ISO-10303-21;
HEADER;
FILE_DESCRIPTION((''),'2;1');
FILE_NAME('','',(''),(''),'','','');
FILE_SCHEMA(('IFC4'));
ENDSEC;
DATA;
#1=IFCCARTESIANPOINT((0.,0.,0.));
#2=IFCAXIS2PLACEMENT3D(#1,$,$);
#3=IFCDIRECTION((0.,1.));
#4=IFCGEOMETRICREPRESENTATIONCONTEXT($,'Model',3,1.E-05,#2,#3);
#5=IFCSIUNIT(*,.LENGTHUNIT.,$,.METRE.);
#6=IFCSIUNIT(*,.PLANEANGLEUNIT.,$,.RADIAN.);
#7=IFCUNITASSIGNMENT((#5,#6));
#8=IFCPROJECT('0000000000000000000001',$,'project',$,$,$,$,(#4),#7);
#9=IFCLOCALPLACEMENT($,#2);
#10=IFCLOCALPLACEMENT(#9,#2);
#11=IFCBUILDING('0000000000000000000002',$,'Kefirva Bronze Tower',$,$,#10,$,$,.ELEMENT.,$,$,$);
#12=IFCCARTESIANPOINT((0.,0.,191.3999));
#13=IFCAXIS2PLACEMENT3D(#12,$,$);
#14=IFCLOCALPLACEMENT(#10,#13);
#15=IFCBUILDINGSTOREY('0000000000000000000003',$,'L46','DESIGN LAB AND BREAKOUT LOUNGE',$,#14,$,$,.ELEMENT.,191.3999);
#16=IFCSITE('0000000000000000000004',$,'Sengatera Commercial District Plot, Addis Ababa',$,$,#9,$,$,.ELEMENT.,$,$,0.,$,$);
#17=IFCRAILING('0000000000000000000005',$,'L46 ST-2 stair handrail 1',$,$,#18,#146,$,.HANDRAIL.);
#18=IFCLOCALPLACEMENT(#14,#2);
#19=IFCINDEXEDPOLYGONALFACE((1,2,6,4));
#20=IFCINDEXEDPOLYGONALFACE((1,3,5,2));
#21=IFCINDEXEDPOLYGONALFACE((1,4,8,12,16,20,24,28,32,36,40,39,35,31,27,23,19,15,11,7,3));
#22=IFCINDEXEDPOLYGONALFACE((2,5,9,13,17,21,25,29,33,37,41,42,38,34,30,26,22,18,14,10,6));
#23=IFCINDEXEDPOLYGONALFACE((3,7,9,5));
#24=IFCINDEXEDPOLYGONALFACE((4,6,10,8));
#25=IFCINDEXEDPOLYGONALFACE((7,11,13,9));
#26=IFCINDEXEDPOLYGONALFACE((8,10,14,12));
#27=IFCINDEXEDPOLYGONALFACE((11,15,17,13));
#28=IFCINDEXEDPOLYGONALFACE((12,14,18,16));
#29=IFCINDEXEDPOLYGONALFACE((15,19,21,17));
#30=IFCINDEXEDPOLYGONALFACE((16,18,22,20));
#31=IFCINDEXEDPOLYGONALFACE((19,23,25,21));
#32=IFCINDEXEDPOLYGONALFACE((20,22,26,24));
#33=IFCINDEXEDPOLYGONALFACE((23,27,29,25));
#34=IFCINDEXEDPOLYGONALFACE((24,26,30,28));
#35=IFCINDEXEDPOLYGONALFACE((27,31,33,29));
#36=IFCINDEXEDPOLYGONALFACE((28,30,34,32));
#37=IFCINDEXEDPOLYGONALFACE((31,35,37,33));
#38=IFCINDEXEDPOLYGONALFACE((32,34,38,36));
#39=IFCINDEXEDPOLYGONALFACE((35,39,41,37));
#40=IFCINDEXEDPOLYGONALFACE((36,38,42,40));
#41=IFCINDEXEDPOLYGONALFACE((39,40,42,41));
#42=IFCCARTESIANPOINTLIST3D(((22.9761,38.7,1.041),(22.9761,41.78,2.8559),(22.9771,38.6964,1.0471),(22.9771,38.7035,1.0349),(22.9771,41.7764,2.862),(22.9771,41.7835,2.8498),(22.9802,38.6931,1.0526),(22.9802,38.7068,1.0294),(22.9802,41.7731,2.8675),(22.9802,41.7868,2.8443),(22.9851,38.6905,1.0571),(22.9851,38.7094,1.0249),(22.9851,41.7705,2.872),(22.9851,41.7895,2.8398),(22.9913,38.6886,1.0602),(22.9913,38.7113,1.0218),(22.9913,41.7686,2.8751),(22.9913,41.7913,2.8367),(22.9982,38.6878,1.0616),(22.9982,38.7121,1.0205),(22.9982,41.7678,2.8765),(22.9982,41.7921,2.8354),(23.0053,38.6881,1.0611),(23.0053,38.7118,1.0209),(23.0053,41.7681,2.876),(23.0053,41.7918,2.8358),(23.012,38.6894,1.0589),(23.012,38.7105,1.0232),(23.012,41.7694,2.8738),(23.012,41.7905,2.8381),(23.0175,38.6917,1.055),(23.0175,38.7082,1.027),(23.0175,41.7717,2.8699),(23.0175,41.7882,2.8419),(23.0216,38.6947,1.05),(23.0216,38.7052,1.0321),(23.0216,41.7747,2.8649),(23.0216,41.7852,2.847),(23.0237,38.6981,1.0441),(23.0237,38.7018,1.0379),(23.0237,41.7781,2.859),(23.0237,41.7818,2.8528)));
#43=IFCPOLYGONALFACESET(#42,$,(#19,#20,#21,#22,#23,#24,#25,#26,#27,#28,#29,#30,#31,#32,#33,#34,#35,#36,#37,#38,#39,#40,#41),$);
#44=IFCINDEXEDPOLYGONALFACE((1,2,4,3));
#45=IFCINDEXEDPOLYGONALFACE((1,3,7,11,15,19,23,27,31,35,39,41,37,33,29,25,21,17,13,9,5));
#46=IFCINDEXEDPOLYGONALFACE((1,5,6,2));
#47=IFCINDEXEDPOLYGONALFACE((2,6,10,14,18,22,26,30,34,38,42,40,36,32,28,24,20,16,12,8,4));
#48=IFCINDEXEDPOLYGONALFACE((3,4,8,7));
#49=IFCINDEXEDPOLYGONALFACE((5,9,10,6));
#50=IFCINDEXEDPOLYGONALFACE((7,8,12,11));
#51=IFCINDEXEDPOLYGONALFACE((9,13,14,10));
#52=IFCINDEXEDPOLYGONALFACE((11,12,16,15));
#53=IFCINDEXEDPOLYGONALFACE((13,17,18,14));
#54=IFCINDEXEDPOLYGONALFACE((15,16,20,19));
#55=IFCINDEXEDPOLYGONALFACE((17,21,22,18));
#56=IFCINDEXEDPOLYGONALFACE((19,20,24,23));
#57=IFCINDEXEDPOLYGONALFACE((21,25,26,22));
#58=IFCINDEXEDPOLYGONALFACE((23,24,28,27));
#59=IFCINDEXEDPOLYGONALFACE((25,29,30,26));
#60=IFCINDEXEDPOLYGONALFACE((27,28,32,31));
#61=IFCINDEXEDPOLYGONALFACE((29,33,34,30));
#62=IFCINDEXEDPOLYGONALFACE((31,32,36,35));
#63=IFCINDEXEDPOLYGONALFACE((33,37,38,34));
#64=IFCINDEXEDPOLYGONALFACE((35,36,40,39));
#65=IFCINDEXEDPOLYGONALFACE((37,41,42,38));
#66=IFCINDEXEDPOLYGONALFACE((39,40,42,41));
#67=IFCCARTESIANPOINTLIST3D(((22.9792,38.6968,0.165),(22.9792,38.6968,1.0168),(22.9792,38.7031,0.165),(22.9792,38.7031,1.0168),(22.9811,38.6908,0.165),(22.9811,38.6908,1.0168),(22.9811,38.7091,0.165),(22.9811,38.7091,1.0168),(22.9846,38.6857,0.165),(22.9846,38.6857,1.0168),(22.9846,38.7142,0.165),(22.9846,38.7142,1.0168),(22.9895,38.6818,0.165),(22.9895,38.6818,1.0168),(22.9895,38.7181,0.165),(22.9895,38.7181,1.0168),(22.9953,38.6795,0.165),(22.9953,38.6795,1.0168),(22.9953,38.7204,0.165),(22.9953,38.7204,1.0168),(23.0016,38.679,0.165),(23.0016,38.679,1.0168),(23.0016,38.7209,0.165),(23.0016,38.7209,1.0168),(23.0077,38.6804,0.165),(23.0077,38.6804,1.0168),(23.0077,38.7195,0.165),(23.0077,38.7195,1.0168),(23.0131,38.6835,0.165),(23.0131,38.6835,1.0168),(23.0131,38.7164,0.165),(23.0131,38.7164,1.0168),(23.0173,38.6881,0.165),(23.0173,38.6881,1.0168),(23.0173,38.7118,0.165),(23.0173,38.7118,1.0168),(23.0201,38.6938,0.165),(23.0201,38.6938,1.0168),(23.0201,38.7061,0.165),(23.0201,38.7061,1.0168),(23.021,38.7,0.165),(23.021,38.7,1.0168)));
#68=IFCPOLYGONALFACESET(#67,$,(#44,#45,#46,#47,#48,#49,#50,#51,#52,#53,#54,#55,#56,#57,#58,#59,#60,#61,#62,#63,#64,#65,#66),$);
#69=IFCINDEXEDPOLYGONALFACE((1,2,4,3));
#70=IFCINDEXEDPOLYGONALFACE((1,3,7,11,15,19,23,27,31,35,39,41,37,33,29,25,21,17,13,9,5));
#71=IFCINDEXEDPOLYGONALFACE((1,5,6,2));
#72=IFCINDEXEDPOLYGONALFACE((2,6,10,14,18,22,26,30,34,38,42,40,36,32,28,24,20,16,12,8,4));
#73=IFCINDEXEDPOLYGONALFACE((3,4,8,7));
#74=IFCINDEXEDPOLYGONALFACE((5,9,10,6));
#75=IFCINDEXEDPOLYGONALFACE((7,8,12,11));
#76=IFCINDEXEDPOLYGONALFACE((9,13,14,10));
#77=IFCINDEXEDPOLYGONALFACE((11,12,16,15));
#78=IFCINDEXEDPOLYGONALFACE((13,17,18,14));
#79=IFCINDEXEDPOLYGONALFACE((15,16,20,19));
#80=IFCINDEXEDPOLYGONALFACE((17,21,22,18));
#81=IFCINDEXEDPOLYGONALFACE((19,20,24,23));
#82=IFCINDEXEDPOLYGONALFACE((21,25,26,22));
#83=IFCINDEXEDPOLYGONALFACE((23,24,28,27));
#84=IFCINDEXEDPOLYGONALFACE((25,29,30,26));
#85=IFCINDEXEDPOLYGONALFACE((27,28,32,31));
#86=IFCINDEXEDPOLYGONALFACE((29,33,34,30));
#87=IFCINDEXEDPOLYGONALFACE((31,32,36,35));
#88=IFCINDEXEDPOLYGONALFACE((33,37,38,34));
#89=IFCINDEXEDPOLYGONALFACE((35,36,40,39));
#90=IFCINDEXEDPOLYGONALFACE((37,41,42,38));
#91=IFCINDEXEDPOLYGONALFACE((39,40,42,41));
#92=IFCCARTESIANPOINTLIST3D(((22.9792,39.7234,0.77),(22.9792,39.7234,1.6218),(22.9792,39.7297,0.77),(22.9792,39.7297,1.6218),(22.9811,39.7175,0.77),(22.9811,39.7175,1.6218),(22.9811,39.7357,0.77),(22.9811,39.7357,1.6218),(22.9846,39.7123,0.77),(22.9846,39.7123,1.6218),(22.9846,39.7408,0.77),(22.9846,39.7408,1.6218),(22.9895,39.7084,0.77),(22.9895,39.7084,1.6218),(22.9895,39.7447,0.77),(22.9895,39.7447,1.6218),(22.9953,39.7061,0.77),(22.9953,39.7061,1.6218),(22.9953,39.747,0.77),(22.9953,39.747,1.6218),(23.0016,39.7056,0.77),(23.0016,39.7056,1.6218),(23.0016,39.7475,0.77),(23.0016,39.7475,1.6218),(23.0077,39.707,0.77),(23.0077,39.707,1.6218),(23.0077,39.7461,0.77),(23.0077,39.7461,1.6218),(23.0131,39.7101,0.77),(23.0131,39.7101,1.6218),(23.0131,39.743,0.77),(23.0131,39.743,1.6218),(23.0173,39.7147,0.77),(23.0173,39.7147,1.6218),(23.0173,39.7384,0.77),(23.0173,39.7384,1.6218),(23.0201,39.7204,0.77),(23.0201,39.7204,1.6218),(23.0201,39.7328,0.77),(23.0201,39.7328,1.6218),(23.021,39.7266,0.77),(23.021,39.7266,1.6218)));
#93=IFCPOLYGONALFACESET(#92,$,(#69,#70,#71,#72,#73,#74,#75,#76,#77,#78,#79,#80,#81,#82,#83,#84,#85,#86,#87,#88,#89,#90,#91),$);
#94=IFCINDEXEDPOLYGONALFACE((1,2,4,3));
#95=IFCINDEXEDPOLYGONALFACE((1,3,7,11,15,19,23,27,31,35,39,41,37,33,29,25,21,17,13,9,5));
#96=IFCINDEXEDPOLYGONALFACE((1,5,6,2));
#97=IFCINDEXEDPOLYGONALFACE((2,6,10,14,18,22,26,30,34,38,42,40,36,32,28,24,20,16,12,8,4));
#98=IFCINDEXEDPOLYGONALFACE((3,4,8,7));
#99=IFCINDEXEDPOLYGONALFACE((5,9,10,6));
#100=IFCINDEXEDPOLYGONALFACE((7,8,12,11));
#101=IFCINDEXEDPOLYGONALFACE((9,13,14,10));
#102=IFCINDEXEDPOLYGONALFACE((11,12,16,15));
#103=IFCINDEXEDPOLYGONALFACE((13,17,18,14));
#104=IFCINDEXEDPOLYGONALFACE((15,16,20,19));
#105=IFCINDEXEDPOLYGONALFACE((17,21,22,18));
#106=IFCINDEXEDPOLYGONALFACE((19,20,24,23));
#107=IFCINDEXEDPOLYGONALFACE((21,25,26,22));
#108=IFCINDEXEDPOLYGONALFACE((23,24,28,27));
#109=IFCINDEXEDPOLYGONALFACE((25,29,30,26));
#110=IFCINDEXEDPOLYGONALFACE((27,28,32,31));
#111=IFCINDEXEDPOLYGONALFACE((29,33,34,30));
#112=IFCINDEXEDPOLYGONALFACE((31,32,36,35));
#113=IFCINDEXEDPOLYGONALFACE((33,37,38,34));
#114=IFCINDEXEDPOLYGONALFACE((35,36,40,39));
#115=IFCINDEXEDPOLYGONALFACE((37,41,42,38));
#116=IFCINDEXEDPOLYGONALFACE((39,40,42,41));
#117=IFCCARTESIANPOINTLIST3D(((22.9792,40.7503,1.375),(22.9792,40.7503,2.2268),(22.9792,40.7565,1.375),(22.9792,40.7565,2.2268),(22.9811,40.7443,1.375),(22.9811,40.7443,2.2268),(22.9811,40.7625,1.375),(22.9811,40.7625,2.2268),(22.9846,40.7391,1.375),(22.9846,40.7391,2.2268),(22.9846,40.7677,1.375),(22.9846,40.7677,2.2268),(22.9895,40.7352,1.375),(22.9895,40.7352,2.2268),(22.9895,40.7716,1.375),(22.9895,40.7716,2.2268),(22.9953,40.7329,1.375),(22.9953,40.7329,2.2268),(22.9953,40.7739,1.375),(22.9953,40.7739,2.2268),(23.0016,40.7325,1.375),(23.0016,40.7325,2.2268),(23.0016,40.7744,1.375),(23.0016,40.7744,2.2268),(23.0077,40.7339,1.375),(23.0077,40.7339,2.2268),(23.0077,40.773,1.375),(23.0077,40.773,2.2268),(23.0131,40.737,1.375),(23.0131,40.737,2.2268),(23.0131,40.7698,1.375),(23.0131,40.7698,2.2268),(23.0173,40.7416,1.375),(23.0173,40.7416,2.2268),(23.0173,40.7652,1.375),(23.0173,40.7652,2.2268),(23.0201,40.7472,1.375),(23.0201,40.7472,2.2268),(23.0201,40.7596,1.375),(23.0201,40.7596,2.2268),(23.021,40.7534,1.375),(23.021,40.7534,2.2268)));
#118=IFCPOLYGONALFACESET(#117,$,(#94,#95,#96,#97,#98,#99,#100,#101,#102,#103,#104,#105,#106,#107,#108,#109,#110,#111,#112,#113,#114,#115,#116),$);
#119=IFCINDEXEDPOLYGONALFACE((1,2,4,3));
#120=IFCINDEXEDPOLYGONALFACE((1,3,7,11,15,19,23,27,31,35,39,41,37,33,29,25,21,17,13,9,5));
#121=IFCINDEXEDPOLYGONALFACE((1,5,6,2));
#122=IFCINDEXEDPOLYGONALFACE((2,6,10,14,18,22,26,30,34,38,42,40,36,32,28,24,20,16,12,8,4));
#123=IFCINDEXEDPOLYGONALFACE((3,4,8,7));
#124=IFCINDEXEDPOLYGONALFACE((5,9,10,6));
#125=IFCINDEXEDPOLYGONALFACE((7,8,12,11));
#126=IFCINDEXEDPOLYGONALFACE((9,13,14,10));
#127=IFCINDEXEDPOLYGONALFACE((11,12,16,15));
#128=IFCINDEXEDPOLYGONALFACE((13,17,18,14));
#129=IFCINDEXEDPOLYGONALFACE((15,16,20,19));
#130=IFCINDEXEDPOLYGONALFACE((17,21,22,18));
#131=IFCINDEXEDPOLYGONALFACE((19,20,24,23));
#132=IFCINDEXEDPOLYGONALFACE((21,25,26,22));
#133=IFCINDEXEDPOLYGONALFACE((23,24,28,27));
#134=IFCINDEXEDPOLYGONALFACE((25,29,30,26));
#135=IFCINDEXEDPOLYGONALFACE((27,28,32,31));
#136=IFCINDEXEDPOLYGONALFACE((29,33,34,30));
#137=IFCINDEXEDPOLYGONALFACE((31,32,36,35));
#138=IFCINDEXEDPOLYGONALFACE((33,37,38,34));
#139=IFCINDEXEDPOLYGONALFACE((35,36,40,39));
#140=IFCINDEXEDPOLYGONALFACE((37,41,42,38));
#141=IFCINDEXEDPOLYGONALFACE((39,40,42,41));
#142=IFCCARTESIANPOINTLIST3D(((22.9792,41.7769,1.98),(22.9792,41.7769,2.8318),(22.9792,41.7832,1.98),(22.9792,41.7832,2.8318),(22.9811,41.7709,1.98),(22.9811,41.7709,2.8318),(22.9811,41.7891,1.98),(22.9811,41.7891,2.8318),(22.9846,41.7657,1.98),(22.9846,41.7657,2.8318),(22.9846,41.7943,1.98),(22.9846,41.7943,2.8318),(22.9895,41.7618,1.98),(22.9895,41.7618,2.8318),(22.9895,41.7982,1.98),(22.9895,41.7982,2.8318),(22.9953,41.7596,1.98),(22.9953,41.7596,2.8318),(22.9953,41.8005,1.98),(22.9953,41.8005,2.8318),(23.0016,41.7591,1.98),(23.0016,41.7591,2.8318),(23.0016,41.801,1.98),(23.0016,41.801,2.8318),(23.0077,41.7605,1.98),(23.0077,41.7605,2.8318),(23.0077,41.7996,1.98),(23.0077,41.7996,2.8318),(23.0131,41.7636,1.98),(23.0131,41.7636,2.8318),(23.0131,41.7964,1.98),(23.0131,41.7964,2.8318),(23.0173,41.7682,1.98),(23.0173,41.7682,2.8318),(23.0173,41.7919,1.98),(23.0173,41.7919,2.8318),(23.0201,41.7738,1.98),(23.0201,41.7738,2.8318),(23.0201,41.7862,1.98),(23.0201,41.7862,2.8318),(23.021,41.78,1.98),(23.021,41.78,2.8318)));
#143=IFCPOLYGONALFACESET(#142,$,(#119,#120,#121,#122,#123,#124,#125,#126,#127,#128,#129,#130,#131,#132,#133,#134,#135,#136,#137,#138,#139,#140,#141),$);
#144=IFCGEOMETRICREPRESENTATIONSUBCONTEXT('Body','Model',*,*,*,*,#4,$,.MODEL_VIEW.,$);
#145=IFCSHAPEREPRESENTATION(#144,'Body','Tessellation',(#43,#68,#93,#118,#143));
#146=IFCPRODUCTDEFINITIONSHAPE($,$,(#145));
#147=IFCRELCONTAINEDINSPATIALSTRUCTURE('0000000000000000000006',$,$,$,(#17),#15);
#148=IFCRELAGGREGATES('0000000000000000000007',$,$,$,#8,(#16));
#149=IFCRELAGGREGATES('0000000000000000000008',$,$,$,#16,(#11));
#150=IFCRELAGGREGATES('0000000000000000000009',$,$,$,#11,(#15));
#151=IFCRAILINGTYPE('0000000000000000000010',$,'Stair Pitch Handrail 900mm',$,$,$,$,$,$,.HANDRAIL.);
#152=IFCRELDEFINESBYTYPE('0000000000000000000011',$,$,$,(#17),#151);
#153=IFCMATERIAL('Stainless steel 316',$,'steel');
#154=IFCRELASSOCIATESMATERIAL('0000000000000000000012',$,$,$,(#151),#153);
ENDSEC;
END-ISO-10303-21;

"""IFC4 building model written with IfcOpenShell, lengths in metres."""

from ifc_helpers import new_model, si_unit, direction, frame, origin, origin_2d, place, context, subcontext, project, spatial, circle, extrude, material, type_object, element, save


model = new_model("IFC4")

# Units and contexts
model_context = context("Model", 3, precision=1e-05, world=origin(), true_north=direction((0.0, 1.0)))
body_context = subcontext(model_context, "Body", "Model", "MODEL_VIEW")
ifc_project = project(units=[si_unit("LENGTHUNIT", "METRE"), si_unit("PLANEANGLEUNIT", "RADIAN")], contexts=[model_context])

# Site, building, storey
site_placement = place(None, origin())
site = spatial("IfcSite", under=ifc_project, at=site_placement, Name="Sengatera Commercial District Plot, Addis Ababa", CompositionType="ELEMENT", RefElevation=0.0)
building_placement = place(site_placement, origin())
building = spatial("IfcBuilding", under=site, at=building_placement, Name="Kefirva Bronze Tower", CompositionType="ELEMENT")
storey_placement = place(building_placement, frame((0.0, 0.0, 191.3999)))
storey = spatial("IfcBuildingStorey", under=building, at=storey_placement, Name="L46", Description="DESIGN LAB AND BREAKOUT LOUNGE", CompositionType="ELEMENT", Elevation=191.3999)

# Railing
ifc_material_1 = material(Name="Stainless steel 316", Category="steel")
railing_type_1 = type_object("IfcRailingType", Name="Stair Pitch Handrail 900mm", PredefinedType="HANDRAIL", material=ifc_material_1)
railing_1_placement = place(storey_placement, frame((23.0, 38.7, 0.165)))
element("IfcRailing", 1, at=railing_1_placement, inside=storey, type_object=railing_type_1, Name="L46 ST-2 stair handrail 1", PredefinedType="HANDRAIL", context=body_context, shape_type="SweptSolid", body=[
    extrude(circle(Radius=0.0239, at=origin_2d()), frame((0.0, 0.0, 0.876), z_axis=(0.0, 0.861551, 0.507671), x_axis=(-1.0, 0.0, 0.0)), (0.0, 0.0, 1.0), 3.575),
    extrude(circle(Radius=0.021, at=origin_2d()), origin(), (0.0, 0.0, 1.0), 0.8518),
    extrude(circle(Radius=0.021, at=origin_2d()), frame((0.0, 1.0266, 0.605)), (0.0, 0.0, 1.0), 0.8518),
    extrude(circle(Radius=0.021, at=origin_2d()), frame((0.0, 2.0535, 1.21)), (0.0, 0.0, 1.0), 0.8518),
    extrude(circle(Radius=0.021, at=origin_2d()), frame((0.0, 3.0801, 1.8149)), (0.0, 0.0, 1.0), 0.8518),
])

save(model, "model.ifc")
